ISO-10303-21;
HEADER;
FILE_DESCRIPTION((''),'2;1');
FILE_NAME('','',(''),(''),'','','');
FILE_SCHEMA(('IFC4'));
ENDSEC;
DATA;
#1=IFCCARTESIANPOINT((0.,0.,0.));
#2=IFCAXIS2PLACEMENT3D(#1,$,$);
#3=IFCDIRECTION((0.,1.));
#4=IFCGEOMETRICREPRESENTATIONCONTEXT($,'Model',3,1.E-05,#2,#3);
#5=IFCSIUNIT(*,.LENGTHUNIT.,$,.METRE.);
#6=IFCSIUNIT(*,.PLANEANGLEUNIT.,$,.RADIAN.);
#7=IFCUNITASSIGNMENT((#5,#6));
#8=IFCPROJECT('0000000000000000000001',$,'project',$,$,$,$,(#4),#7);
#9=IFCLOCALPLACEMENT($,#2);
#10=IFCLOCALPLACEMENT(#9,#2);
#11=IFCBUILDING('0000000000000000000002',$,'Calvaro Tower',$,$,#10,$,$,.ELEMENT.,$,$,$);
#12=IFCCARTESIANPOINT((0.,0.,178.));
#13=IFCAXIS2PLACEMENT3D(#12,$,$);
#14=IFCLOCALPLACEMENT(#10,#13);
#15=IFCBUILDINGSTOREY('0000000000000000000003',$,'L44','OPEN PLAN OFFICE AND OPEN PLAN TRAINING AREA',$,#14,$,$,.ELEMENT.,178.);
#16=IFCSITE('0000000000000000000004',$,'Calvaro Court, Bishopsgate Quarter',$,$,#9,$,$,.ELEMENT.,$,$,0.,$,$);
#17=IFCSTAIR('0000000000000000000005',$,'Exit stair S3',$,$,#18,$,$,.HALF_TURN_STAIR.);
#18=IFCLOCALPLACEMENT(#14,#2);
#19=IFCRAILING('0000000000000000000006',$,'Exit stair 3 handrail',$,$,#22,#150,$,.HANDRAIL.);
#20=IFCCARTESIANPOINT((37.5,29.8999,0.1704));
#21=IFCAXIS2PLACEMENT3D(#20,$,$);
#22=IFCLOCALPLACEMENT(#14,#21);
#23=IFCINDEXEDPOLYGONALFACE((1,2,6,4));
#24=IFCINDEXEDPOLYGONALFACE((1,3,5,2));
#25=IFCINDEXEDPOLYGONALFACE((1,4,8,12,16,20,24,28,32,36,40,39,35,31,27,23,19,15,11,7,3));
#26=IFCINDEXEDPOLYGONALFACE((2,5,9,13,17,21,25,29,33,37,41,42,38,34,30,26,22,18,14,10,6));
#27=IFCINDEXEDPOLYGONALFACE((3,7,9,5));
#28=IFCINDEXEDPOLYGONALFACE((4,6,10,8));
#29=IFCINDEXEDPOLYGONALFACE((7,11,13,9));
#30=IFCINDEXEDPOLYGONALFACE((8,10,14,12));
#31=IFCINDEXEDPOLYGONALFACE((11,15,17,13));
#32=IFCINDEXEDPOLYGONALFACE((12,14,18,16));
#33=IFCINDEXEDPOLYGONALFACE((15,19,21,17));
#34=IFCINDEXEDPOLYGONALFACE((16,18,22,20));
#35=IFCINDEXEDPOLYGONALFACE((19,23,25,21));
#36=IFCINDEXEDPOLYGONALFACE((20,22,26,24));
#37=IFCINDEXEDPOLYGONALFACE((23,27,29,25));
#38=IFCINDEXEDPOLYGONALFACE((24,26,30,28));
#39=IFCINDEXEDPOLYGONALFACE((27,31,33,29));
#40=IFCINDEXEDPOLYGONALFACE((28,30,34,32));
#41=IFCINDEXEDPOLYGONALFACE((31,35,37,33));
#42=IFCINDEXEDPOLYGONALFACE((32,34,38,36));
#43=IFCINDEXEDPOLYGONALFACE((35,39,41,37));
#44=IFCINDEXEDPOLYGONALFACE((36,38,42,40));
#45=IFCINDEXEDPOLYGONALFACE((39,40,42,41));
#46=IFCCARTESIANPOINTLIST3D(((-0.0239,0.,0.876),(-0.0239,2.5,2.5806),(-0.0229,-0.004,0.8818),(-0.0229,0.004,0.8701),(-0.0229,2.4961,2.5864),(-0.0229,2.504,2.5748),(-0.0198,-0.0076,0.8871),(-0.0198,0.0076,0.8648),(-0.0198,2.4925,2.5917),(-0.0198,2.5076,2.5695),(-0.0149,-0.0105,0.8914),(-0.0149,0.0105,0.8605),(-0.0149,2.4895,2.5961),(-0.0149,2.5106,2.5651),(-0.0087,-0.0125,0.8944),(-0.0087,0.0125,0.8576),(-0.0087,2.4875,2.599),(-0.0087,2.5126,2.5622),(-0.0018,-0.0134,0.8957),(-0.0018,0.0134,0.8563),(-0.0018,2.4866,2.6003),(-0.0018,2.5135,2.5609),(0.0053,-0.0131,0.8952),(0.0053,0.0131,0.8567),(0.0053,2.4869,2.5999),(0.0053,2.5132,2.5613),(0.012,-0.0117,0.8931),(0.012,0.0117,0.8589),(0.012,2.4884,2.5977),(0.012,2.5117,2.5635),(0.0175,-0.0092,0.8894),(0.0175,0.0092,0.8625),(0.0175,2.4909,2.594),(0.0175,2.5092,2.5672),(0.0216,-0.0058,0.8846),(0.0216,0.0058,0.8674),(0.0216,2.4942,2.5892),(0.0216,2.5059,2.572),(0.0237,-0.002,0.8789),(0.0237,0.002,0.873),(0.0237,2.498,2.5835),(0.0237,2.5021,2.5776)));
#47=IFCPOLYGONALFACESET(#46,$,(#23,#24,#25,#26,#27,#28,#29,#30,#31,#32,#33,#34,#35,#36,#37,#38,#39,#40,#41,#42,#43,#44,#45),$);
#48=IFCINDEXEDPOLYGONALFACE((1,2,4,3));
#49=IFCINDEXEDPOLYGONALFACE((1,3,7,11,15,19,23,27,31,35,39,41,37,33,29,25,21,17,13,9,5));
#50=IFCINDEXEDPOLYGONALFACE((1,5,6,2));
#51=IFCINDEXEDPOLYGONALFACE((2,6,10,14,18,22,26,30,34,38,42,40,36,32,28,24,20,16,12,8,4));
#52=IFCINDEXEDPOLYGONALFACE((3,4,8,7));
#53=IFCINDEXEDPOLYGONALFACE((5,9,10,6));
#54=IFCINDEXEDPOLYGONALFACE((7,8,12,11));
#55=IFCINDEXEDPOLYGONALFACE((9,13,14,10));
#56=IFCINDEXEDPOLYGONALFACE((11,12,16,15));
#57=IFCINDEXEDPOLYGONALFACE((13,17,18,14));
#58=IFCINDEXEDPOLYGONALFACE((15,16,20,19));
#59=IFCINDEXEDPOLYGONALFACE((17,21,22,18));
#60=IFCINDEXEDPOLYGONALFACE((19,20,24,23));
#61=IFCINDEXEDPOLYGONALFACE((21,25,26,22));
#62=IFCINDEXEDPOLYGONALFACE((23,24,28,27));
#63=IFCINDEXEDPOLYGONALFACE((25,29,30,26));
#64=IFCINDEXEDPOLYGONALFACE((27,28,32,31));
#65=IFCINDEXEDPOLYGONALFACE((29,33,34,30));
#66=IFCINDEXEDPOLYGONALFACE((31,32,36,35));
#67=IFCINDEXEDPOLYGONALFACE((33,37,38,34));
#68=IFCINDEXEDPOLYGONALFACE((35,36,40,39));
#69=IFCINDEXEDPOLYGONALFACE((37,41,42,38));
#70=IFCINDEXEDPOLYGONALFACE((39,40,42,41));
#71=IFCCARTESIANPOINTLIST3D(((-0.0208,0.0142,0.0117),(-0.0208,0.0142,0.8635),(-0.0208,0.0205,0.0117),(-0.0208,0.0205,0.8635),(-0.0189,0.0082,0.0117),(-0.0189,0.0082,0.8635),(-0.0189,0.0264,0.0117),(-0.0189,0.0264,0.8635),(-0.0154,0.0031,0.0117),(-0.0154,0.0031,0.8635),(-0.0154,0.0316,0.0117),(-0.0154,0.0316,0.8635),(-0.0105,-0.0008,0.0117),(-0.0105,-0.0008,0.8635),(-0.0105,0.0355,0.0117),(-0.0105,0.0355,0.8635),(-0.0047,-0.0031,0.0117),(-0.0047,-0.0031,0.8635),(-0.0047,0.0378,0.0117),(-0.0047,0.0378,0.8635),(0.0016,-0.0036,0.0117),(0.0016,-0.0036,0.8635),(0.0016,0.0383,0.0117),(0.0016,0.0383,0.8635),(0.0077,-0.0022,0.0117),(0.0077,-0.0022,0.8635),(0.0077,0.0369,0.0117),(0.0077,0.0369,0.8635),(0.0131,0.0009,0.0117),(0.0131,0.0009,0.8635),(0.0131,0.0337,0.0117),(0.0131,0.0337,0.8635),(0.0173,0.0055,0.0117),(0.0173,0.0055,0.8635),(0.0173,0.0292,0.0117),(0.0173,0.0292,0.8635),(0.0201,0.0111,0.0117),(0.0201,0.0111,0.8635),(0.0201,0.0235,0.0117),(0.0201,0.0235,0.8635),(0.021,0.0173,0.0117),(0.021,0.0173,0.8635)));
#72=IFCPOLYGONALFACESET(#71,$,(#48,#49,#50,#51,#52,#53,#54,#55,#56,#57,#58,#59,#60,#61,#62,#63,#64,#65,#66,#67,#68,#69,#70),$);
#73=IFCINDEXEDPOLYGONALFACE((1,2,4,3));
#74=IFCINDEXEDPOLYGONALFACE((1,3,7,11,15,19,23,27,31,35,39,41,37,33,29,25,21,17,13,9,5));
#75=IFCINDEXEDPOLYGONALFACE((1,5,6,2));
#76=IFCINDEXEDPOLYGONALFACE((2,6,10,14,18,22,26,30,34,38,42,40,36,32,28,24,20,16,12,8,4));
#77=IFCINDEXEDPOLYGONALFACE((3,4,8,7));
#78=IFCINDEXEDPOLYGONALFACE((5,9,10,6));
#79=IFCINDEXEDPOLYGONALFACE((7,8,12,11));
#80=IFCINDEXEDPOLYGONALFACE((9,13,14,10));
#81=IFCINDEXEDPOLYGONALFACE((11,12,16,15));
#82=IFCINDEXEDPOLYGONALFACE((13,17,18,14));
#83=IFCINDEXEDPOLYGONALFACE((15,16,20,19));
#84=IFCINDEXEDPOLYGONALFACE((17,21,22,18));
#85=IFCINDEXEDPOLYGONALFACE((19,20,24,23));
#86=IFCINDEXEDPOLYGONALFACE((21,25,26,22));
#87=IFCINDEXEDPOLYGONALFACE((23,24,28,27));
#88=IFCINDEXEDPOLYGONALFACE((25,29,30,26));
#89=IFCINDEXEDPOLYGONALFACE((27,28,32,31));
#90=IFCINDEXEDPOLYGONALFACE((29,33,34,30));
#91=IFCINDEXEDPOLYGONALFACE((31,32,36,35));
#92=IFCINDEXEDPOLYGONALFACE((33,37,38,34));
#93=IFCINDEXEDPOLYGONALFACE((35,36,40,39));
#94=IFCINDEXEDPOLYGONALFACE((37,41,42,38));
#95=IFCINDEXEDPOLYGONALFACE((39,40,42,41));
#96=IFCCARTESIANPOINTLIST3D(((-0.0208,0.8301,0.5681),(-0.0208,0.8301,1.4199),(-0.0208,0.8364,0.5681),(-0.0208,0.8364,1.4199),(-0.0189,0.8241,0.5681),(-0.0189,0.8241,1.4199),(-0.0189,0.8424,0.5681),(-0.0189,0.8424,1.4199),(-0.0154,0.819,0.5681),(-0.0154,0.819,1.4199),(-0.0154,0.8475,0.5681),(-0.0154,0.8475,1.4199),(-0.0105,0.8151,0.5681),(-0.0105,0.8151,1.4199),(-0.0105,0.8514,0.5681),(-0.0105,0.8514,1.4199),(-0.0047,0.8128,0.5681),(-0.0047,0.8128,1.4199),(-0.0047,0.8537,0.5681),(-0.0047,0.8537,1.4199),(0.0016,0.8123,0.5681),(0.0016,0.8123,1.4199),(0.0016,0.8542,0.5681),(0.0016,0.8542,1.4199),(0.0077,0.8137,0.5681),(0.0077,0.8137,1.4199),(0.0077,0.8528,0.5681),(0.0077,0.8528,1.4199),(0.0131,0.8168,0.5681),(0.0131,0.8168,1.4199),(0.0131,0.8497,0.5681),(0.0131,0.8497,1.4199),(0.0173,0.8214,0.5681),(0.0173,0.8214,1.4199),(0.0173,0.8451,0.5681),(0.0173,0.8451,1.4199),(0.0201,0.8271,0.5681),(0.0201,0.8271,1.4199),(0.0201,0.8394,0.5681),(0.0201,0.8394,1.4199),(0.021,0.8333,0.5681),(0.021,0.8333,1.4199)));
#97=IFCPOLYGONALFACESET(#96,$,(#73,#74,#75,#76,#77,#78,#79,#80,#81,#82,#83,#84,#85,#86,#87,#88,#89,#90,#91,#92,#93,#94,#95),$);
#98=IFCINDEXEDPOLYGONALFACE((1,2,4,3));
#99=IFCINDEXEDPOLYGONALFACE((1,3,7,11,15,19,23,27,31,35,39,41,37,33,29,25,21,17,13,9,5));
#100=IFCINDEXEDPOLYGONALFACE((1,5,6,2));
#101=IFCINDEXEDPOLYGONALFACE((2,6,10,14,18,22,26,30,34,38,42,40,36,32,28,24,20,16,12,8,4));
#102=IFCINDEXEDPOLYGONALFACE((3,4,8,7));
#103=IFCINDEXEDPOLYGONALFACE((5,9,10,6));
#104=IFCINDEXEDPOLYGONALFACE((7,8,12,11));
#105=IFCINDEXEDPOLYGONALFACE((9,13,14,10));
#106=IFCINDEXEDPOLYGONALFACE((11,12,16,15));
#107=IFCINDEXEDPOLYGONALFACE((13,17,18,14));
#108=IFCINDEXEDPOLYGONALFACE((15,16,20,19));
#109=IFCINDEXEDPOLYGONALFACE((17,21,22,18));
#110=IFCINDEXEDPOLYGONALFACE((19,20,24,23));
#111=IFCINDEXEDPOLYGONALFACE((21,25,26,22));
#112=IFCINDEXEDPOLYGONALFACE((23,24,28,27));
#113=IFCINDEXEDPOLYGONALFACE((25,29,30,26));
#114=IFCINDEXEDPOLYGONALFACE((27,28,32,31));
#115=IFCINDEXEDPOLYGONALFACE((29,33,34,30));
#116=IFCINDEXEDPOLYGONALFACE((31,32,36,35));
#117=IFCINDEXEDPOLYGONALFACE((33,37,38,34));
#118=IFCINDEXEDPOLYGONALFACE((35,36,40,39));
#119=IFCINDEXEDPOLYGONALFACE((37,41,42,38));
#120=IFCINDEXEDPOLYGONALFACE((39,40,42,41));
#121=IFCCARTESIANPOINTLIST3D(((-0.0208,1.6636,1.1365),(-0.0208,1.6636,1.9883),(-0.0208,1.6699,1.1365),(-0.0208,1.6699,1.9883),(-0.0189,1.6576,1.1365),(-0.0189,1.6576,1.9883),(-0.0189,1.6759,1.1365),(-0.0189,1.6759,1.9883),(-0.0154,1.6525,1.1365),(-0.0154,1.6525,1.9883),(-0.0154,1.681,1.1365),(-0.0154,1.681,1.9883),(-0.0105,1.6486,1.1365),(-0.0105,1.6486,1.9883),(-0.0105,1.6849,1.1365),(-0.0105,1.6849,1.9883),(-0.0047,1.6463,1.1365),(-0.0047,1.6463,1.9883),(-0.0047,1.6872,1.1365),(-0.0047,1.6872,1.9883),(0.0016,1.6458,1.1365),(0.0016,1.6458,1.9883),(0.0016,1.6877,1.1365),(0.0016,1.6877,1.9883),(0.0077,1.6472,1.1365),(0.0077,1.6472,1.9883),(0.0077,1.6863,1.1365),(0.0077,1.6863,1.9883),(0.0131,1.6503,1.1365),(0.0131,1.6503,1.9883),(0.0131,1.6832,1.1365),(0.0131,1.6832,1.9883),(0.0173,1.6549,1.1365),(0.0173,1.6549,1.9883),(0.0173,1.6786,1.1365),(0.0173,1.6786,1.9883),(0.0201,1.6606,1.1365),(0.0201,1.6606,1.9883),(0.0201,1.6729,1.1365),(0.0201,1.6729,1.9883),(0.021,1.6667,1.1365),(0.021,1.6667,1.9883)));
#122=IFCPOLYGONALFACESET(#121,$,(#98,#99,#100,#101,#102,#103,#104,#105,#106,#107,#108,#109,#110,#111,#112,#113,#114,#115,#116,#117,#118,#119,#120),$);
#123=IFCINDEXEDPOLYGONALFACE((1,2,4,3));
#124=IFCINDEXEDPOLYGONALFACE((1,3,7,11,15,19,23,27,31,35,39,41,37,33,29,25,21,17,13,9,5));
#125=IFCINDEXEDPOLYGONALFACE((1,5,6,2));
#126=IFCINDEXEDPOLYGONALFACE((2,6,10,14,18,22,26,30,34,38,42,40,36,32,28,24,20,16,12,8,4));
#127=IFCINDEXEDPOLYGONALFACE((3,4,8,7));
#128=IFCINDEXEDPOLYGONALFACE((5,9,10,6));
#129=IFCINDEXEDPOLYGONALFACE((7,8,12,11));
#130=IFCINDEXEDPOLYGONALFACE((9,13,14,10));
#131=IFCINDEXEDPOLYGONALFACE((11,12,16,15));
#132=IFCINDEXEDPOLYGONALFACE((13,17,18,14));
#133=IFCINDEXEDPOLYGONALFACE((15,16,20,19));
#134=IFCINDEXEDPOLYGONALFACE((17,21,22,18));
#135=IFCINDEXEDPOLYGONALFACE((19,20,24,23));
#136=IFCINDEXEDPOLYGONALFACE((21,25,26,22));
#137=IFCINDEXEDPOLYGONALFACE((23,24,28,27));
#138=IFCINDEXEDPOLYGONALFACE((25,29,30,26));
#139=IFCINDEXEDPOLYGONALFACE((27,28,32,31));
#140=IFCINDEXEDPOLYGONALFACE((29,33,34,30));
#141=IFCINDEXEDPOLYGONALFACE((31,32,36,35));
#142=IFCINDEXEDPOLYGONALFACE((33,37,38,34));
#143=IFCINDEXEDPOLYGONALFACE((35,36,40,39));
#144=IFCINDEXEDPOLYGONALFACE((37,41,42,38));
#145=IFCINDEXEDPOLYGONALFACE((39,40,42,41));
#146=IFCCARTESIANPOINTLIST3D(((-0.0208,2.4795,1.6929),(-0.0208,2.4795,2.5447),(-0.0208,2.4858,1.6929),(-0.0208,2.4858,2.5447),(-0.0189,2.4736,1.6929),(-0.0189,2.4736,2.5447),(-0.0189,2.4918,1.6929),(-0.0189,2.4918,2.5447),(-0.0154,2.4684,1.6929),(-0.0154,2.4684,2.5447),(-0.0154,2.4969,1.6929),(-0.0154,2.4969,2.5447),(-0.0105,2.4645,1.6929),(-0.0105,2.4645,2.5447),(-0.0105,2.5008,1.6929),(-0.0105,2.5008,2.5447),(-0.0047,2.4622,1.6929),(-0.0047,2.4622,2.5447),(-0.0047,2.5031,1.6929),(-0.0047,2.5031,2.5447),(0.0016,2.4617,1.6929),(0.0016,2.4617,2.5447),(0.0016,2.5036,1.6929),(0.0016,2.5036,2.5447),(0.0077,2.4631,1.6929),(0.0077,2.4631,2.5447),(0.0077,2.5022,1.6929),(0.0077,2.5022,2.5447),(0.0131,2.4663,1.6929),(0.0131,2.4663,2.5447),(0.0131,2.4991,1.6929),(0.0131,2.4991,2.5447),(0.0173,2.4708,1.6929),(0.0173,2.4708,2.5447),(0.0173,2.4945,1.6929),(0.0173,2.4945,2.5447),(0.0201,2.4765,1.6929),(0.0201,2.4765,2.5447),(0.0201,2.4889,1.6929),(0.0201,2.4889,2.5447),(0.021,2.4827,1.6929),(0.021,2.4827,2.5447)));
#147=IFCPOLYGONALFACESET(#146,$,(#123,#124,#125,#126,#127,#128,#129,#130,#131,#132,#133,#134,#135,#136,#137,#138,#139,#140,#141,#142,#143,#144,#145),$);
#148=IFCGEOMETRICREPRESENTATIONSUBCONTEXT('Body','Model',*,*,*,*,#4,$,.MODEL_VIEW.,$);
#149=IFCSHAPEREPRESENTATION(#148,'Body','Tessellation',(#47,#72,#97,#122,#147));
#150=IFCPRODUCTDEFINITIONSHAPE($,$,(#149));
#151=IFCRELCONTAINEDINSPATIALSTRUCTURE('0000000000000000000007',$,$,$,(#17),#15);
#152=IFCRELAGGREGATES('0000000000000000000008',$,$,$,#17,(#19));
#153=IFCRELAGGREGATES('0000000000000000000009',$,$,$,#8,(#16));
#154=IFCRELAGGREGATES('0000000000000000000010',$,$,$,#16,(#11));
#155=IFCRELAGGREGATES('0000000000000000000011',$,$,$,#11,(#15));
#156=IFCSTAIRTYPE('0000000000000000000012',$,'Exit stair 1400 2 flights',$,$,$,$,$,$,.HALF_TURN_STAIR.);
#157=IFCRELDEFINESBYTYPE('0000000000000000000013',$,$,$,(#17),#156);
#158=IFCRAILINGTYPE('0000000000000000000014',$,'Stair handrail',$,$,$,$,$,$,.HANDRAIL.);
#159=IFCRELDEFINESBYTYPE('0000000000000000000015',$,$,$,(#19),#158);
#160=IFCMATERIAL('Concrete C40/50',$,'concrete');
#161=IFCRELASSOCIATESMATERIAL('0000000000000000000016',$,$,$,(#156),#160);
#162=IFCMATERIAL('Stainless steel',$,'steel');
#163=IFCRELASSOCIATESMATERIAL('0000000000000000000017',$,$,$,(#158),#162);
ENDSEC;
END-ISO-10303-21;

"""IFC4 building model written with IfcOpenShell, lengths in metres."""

from ifc_helpers import new_model, si_unit, direction, frame, origin, origin_2d, place, context, subcontext, project, spatial, circle, extrude, material, type_object, element, aggregate, save


model = new_model("IFC4")

# Units and contexts
model_context = context("Model", 3, precision=1e-05, world=origin(), true_north=direction((0.0, 1.0)))
body_context = subcontext(model_context, "Body", "Model", "MODEL_VIEW")
ifc_project = project(units=[si_unit("LENGTHUNIT", "METRE"), si_unit("PLANEANGLEUNIT", "RADIAN")], contexts=[model_context])

# Site, building, storey
site_placement = place(None, origin())
site = spatial("IfcSite", under=ifc_project, at=site_placement, Name="Calvaro Court, Bishopsgate Quarter", CompositionType="ELEMENT", RefElevation=0.0)
building_placement = place(site_placement, origin())
building = spatial("IfcBuilding", under=site, at=building_placement, Name="Calvaro Tower", CompositionType="ELEMENT")
storey_placement = place(building_placement, frame((0.0, 0.0, 178.0)))
storey = spatial("IfcBuildingStorey", under=building, at=storey_placement, Name="L44", Description="OPEN PLAN OFFICE AND OPEN PLAN TRAINING AREA", CompositionType="ELEMENT", Elevation=178.0)

# Stair, railing
ifc_material_1 = material(Name="Concrete C40/50", Category="concrete")
stair_type = type_object("IfcStairType", Name="Exit stair 1400 2 flights", PredefinedType="HALF_TURN_STAIR", material=ifc_material_1)
stair_placement = place(storey_placement, origin())
stair = element("IfcStair", 1, at=stair_placement, inside=storey, type_object=stair_type, Name="Exit stair S3", PredefinedType="HALF_TURN_STAIR")
ifc_material_2 = material(Name="Stainless steel", Category="steel")
railing_type = type_object("IfcRailingType", Name="Stair handrail", PredefinedType="HANDRAIL", material=ifc_material_2)
railing_1_placement = place(storey_placement, frame((37.5, 29.8999, 0.1704)))
railing_1 = element("IfcRailing", 2, at=railing_1_placement, type_object=railing_type, Name="Exit stair 3 handrail", PredefinedType="HANDRAIL", context=body_context, shape_type="SweptSolid", body=[
    extrude(circle(Radius=0.0239, at=origin_2d()), frame((0.0, 0.0, 0.876), z_axis=(0.0, 0.826221, 0.563347), x_axis=(-1.0, 0.0, 0.0)), (0.0, 0.0, 1.0), 3.0259),
    extrude(circle(Radius=0.021, at=origin_2d()), frame((0.0, 0.0173, 0.0117)), (0.0, 0.0, 1.0), 0.8518),
    extrude(circle(Radius=0.021, at=origin_2d()), frame((0.0, 0.8333, 0.5681)), (0.0, 0.0, 1.0), 0.8518),
    extrude(circle(Radius=0.021, at=origin_2d()), frame((0.0, 1.6667, 1.1365)), (0.0, 0.0, 1.0), 0.8518),
    extrude(circle(Radius=0.021, at=origin_2d()), frame((0.0, 2.4827, 1.6929)), (0.0, 0.0, 1.0), 0.8518),
])
aggregate(stair, [railing_1])

save(model, "model.ifc")
